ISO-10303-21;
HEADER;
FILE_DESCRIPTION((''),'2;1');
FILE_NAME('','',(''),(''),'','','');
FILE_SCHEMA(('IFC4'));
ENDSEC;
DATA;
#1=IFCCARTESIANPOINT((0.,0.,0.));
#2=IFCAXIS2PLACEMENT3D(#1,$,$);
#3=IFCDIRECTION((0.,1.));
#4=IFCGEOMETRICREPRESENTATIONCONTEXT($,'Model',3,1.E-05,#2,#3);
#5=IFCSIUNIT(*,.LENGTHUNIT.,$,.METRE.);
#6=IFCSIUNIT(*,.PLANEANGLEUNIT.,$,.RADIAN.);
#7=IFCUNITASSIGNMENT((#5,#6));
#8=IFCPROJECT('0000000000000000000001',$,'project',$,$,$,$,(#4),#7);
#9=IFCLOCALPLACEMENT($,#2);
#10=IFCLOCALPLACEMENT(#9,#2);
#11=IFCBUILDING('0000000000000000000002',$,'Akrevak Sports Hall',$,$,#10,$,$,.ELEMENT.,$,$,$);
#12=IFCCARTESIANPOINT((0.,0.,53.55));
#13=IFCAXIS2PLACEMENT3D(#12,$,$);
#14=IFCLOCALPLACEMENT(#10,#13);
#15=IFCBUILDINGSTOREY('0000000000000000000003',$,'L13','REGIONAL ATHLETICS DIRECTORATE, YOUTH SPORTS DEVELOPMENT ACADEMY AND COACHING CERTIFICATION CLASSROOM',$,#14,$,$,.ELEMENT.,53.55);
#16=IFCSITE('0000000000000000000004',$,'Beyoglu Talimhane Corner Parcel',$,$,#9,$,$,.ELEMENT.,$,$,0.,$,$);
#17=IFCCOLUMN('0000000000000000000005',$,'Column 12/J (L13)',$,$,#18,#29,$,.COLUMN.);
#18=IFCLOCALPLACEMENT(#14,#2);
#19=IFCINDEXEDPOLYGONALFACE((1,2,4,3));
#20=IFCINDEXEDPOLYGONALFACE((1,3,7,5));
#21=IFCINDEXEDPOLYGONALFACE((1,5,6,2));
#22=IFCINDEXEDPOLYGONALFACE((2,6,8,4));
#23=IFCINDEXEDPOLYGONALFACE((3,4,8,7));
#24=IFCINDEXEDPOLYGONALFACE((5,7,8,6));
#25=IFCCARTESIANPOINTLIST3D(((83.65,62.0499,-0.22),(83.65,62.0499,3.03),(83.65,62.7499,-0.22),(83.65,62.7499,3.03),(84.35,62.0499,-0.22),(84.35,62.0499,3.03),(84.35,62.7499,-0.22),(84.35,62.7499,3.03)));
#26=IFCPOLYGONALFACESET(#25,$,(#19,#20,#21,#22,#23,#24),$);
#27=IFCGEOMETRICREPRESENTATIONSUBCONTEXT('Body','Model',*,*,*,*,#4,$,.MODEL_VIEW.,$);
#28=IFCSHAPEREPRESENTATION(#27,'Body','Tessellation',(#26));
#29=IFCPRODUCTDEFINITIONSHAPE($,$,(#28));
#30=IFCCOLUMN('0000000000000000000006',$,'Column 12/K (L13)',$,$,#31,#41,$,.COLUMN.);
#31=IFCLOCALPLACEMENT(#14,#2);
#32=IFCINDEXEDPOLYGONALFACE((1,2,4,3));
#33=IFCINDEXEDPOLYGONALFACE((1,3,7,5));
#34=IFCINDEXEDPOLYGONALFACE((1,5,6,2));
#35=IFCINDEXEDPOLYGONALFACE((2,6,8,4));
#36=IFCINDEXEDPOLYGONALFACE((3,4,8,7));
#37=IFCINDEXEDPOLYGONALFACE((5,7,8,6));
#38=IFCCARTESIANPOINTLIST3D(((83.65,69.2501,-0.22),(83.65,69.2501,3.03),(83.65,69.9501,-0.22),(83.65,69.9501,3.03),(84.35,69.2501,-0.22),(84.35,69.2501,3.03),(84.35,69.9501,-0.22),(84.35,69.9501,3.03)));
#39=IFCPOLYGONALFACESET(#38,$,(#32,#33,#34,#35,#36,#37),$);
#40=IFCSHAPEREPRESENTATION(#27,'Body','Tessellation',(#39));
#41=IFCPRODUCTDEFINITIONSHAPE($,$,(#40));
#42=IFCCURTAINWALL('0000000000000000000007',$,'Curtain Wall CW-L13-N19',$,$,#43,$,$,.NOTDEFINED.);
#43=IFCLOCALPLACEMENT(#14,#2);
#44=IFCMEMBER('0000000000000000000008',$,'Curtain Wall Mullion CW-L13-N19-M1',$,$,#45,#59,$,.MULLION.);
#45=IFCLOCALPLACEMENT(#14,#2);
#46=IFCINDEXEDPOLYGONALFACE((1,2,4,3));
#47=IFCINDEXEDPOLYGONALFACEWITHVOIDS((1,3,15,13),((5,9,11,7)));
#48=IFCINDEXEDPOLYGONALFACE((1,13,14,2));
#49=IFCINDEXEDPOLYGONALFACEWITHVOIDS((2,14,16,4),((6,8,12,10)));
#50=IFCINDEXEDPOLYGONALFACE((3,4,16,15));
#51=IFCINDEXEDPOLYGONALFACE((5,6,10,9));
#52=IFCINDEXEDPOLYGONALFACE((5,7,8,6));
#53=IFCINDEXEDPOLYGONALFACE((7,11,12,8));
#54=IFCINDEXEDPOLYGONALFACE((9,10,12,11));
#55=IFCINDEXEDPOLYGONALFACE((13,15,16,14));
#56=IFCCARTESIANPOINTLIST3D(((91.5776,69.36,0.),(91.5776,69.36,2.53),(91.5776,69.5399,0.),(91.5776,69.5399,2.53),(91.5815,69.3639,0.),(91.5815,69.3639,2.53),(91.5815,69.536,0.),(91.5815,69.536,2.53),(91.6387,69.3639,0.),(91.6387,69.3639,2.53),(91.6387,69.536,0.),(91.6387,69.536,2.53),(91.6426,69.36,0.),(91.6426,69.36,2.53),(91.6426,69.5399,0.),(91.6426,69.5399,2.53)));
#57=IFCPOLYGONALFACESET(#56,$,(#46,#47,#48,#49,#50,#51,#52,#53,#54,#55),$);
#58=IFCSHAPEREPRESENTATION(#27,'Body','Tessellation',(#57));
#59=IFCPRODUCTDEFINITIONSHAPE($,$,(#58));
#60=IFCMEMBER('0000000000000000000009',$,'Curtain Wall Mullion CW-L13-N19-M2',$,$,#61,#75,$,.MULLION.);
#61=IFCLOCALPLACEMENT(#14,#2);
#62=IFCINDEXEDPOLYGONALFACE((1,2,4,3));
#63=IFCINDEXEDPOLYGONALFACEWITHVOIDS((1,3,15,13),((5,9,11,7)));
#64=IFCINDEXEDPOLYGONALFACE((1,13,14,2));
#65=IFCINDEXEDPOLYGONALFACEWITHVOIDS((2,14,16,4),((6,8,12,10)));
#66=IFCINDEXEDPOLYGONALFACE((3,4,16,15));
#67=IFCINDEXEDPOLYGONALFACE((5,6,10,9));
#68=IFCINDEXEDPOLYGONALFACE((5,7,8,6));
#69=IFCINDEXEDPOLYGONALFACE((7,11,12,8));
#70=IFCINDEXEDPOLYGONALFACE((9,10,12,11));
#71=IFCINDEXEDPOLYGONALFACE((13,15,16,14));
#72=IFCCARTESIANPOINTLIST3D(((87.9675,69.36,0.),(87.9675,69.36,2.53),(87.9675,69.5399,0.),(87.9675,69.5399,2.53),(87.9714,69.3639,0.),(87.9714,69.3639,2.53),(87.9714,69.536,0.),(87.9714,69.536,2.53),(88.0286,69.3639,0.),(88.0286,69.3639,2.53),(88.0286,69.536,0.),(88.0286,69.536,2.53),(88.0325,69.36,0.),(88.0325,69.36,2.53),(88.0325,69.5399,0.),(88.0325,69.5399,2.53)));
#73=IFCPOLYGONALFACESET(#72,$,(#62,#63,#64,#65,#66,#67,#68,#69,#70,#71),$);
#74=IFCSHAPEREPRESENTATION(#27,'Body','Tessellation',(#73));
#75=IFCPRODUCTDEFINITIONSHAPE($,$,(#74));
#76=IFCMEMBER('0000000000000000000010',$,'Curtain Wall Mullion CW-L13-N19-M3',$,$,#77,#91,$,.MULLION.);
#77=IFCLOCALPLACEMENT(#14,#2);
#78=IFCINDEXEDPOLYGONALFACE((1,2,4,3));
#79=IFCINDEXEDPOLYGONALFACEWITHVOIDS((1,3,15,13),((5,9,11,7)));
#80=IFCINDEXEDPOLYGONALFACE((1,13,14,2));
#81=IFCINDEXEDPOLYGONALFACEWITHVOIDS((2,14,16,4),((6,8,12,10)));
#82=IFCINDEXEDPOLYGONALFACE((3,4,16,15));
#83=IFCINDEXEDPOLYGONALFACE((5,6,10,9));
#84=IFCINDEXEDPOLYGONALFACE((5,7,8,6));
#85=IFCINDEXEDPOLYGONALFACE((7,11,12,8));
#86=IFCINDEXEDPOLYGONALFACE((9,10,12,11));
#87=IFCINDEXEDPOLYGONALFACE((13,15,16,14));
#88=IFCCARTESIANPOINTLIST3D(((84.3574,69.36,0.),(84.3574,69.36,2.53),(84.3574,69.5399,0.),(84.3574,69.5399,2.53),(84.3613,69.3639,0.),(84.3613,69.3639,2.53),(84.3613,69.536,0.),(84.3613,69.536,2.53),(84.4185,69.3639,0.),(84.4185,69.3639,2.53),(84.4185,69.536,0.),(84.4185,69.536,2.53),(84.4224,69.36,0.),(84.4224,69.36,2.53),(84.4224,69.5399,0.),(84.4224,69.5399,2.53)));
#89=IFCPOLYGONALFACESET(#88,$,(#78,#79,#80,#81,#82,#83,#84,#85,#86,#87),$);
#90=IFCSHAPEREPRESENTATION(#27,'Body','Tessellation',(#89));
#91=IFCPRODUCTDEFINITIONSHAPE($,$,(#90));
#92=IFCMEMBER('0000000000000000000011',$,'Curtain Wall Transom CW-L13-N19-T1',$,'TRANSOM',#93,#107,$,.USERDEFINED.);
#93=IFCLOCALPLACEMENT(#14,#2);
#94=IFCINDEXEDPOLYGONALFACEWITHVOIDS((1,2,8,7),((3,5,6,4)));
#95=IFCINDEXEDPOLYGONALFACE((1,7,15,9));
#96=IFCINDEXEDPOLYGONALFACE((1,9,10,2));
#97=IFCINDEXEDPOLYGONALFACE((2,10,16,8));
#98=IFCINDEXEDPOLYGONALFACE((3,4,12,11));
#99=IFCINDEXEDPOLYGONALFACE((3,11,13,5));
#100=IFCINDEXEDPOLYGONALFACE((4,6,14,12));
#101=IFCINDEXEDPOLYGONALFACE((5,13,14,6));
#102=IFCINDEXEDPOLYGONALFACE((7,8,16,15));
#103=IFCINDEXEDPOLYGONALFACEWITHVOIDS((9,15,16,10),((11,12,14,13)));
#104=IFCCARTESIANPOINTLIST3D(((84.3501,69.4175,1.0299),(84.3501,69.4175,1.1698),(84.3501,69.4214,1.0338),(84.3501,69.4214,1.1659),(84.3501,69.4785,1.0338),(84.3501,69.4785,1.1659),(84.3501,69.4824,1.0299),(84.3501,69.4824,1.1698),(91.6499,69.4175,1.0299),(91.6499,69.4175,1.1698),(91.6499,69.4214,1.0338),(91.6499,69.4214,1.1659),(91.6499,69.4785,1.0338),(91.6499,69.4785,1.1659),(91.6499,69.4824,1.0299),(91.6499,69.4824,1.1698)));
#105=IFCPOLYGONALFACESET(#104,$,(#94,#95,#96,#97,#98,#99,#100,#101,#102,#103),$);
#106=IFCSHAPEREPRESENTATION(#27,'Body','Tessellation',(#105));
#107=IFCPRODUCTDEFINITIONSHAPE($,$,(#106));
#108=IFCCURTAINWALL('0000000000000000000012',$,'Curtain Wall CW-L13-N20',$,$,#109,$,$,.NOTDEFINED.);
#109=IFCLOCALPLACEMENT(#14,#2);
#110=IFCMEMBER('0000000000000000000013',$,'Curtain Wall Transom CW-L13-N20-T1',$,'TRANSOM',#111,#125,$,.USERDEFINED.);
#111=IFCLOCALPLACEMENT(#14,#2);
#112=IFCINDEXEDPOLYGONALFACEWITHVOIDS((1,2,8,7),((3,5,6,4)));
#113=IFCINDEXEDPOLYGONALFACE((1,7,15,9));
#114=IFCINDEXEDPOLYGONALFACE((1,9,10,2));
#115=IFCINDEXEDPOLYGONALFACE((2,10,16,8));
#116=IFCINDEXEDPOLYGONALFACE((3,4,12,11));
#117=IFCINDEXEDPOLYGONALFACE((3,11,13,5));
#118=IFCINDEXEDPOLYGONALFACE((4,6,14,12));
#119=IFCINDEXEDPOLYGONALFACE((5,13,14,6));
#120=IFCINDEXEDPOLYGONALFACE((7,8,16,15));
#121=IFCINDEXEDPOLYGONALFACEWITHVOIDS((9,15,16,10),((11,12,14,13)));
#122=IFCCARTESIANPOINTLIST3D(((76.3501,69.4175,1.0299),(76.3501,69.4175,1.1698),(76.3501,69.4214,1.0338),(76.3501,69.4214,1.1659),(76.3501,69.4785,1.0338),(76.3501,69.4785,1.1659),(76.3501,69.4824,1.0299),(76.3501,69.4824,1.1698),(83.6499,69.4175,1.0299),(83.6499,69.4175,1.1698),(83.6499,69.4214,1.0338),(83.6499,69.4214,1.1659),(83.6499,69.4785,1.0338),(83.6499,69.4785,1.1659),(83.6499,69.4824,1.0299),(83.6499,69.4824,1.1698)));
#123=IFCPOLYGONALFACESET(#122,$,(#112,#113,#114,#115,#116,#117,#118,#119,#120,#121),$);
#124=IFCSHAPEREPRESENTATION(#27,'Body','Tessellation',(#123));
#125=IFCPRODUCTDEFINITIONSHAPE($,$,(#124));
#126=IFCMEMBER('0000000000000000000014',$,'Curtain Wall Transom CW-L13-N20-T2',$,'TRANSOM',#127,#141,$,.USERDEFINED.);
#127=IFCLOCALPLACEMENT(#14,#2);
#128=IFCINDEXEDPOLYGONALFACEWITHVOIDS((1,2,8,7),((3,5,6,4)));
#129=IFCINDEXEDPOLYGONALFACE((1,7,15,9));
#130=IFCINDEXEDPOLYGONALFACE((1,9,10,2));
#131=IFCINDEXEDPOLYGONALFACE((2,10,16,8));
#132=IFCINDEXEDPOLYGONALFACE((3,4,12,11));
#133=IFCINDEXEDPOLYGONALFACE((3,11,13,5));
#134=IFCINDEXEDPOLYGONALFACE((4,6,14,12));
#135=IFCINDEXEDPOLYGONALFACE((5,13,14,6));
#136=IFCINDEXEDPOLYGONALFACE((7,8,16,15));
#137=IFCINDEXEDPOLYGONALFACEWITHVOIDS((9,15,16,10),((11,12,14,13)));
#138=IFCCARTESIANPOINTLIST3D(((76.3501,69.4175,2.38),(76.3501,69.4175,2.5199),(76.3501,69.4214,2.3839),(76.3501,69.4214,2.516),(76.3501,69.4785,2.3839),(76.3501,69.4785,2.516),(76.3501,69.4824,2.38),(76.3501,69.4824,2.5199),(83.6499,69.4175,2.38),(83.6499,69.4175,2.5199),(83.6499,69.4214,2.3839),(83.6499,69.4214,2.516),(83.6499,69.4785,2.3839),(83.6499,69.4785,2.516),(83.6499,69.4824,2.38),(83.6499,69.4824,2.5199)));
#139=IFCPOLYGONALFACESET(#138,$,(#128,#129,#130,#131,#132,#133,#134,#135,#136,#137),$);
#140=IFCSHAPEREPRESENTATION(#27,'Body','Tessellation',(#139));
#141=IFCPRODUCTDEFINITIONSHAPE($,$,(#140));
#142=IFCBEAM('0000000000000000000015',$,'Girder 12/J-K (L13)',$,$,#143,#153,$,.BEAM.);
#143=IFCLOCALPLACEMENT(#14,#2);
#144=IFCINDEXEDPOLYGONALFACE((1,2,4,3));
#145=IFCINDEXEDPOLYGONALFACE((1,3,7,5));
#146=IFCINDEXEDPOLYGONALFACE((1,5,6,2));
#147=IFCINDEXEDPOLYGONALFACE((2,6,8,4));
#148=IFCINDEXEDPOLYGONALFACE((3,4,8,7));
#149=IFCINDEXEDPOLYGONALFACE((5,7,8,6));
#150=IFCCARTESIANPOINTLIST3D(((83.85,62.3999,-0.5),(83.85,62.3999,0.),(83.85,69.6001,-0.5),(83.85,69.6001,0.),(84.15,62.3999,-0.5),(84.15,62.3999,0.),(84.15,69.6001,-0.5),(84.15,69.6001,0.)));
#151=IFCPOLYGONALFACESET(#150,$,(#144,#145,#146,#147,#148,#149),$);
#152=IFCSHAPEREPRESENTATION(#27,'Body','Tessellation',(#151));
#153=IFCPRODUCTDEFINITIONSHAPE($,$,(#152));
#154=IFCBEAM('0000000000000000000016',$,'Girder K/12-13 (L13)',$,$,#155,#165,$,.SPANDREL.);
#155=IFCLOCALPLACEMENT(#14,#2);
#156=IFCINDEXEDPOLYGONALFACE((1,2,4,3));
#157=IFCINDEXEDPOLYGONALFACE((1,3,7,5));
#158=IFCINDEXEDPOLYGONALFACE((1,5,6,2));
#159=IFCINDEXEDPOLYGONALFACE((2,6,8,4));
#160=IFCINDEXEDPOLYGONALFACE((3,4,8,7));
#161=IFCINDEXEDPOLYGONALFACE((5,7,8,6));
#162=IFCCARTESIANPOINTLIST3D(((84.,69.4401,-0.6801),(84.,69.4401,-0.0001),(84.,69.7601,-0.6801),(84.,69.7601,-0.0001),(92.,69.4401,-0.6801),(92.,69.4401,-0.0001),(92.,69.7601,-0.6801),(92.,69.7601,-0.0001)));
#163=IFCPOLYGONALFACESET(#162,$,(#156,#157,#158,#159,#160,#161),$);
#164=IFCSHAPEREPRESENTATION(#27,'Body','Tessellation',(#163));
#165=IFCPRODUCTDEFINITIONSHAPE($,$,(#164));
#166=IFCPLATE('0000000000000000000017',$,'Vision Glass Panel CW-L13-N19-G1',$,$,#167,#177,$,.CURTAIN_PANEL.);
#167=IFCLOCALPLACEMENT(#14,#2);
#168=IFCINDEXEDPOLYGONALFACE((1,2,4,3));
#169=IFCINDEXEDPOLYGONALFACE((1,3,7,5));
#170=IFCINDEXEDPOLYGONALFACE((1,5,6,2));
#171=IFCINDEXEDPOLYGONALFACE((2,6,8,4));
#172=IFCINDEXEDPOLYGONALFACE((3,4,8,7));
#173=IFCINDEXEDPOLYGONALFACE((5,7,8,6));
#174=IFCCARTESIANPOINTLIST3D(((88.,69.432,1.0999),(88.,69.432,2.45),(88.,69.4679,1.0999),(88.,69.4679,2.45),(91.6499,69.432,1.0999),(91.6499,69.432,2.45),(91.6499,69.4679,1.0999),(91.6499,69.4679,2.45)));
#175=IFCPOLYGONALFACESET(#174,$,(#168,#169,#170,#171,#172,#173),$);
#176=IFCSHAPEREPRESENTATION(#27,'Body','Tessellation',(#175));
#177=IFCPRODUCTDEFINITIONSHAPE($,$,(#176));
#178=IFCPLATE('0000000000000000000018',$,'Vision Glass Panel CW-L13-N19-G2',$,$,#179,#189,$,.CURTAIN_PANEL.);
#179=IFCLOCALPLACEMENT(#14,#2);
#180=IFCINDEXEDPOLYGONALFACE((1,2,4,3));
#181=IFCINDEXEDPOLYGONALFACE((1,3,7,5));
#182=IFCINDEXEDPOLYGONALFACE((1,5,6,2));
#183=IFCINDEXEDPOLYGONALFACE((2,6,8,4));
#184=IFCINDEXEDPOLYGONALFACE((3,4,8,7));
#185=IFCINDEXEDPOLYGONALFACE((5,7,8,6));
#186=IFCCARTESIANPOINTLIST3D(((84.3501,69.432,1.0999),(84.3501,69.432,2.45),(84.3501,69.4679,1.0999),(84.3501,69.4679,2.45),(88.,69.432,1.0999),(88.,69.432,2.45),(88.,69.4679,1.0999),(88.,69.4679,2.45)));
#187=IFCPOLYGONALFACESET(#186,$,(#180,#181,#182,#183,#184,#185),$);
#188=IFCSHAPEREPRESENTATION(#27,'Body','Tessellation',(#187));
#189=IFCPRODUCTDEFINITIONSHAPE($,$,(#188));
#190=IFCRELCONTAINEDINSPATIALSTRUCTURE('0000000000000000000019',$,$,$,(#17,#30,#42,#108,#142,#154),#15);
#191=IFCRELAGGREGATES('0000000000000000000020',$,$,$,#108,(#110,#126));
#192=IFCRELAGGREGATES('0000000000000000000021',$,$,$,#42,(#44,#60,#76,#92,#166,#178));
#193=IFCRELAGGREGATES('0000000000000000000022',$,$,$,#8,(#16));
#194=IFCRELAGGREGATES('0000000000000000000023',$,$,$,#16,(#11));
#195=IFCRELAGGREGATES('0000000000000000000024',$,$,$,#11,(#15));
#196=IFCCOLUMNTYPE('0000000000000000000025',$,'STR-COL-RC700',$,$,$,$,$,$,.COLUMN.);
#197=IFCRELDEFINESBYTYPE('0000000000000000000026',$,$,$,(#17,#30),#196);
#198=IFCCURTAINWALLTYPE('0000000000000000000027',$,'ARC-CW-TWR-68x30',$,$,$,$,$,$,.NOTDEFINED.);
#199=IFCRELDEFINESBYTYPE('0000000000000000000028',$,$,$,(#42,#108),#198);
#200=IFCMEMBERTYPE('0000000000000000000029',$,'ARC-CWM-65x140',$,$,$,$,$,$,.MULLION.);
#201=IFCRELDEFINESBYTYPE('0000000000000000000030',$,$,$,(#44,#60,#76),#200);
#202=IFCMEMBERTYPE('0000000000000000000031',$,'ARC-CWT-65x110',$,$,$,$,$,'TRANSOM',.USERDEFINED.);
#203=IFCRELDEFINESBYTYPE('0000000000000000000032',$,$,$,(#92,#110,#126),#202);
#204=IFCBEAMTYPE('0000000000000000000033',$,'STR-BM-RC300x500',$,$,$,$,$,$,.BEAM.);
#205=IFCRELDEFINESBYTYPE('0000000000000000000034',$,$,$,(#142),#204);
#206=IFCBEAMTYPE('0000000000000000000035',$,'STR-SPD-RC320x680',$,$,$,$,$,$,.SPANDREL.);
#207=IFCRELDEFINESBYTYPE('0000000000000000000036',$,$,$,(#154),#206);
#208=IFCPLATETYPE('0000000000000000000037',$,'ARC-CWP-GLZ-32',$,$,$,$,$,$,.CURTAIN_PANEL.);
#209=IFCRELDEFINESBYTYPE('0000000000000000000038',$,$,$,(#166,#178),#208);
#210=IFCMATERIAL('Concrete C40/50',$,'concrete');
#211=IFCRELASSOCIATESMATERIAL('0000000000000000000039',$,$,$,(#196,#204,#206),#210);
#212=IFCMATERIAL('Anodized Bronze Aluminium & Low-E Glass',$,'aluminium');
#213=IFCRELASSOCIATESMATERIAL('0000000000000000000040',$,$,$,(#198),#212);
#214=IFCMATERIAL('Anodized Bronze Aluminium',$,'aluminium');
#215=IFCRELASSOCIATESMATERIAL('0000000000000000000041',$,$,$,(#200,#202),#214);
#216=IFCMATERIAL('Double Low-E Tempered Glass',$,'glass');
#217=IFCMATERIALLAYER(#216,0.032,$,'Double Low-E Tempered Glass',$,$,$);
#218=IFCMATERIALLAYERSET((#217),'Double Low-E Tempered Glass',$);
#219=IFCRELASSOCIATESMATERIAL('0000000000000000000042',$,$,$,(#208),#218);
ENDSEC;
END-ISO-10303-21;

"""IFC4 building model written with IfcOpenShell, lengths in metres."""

from ifc_helpers import new_model, si_unit, direction, frame, origin, origin_2d, place, context, subcontext, project, spatial, rectangle, hollow_rectangle, extrude, material, layer, layer_set, material_profile, profile_set, type_object, element, aggregate, save


model = new_model("IFC4")

# Units and contexts
model_context = context("Model", 3, precision=1e-05, world=origin(), true_north=direction((0.0, 1.0)))
body_context = subcontext(model_context, "Body", "Model", "MODEL_VIEW")
ifc_project = project(units=[si_unit("LENGTHUNIT", "METRE"), si_unit("PLANEANGLEUNIT", "RADIAN")], contexts=[model_context])

# Site, building, storey
site_placement = place(None, origin())
site = spatial("IfcSite", under=ifc_project, at=site_placement, Name="Beyoglu Talimhane Corner Parcel", CompositionType="ELEMENT", RefElevation=0.0)
building_placement = place(site_placement, origin())
building = spatial("IfcBuilding", under=site, at=building_placement, Name="Akrevak Sports Hall", CompositionType="ELEMENT")
storey_placement = place(building_placement, frame((0.0, 0.0, 53.55)))
storey = spatial("IfcBuildingStorey", under=building, at=storey_placement, Name="L13", Description="REGIONAL ATHLETICS DIRECTORATE, YOUTH SPORTS DEVELOPMENT ACADEMY AND COACHING CERTIFICATION CLASSROOM", CompositionType="ELEMENT", Elevation=53.55)

# Columns
ifc_material_1 = material(Name="Concrete C40/50", Category="concrete")
ifc_material_profile_1 = material_profile(ifc_material_1, rectangle(XDim=0.7, YDim=0.7, at=origin_2d()), Name="RC 700x700", Category="concrete")
ifc_profile_set_1 = profile_set([ifc_material_profile_1], Name="Concrete C40/50")
column_type = type_object("IfcColumnType", Name="STR-COL-RC700", PredefinedType="COLUMN", material=ifc_profile_set_1)
for number, where, z_axis, x_axis, name in (
    (1, (84.0, 62.3999, -0.22), (0.0, 0.0, 1.0), (1.0, 0.0, 0.0), "Column 12/J (L13)"),
    (2, (84.0, 69.6001, -0.22), (0.0, 0.0, 1.0), (1.0, 0.0, 0.0), "Column 12/K (L13)"),
):
    element("IfcColumn", number, at=place(storey_placement, frame(where, z_axis=z_axis, x_axis=x_axis)), inside=storey, type_object=column_type, Name=name, PredefinedType="COLUMN", context=body_context, shape_type="SweptSolid", body=[
        extrude(rectangle(XDim=0.7, YDim=0.7, at=origin_2d()), origin(), (0.0, 0.0, 1.0), 3.25),
    ])

# Curtain walls, members
ifc_material_2 = material(Name="Anodized Bronze Aluminium & Low-E Glass", Category="aluminium")
curtain_wall_type = type_object("IfcCurtainWallType", Name="ARC-CW-TWR-68x30", PredefinedType="NOTDEFINED", material=ifc_material_2)
curtain_wall_1_placement = place(storey_placement, origin())
curtain_wall_1 = element("IfcCurtainWall", 3, at=curtain_wall_1_placement, inside=storey, type_object=curtain_wall_type, Name="Curtain Wall CW-L13-N19", PredefinedType="NOTDEFINED")
ifc_material_3 = material(Name="Anodized Bronze Aluminium", Category="aluminium")
ifc_material_profile_2 = material_profile(ifc_material_3, hollow_rectangle(XDim=0.0649, YDim=0.1799, WallThickness=0.0039, at=origin_2d()), Name="CWM 65x180", Category="aluminium")
ifc_profile_set_2 = profile_set([ifc_material_profile_2], Name="Anodized Bronze Aluminium")
member_type_1 = type_object("IfcMemberType", Name="ARC-CWM-65x140", PredefinedType="MULLION", material=ifc_profile_set_2)
member_1_placement = place(storey_placement, frame((91.6101, 69.45, 0.0), z_axis=(0.0, 0.0, 1.0), x_axis=(-1.0, 0.0, 0.0)))
member_1 = element("IfcMember", 4, at=member_1_placement, type_object=member_type_1, Name="Curtain Wall Mullion CW-L13-N19-M1", PredefinedType="MULLION", context=body_context, shape_type="SweptSolid", body=[
    extrude(hollow_rectangle(XDim=0.0649, YDim=0.1799, WallThickness=0.0039, at=origin_2d()), origin(), (0.0, 0.0, 1.0), 2.53),
])
member_2_placement = place(storey_placement, frame((88.0, 69.45, 0.0), z_axis=(0.0, 0.0, 1.0), x_axis=(-1.0, 0.0, 0.0)))
member_2 = element("IfcMember", 5, at=member_2_placement, type_object=member_type_1, Name="Curtain Wall Mullion CW-L13-N19-M2", PredefinedType="MULLION", context=body_context, shape_type="SweptSolid", body=[
    extrude(hollow_rectangle(XDim=0.0649, YDim=0.1799, WallThickness=0.0039, at=origin_2d()), origin(), (0.0, 0.0, 1.0), 2.53),
])
member_3_placement = place(storey_placement, frame((84.3899, 69.45, 0.0), z_axis=(0.0, 0.0, 1.0), x_axis=(-1.0, 0.0, 0.0)))
member_3 = element("IfcMember", 6, at=member_3_placement, type_object=member_type_1, Name="Curtain Wall Mullion CW-L13-N19-M3", PredefinedType="MULLION", context=body_context, shape_type="SweptSolid", body=[
    extrude(hollow_rectangle(XDim=0.0649, YDim=0.1799, WallThickness=0.0039, at=origin_2d()), origin(), (0.0, 0.0, 1.0), 2.53),
])
ifc_material_profile_3 = material_profile(ifc_material_3, hollow_rectangle(XDim=0.0649, YDim=0.1399, WallThickness=0.0039, at=origin_2d()), Name="CWT 65x140", Category="aluminium")
ifc_profile_set_3 = profile_set([ifc_material_profile_3], Name="Anodized Bronze Aluminium")
member_type_2 = type_object("IfcMemberType", Name="ARC-CWT-65x110", ElementType="TRANSOM", PredefinedType="USERDEFINED", material=ifc_profile_set_3)
member_4_placement = place(storey_placement, frame((91.6499, 69.45, 1.0999), z_axis=(-1.0, 0.0, 0.0), x_axis=(0.0, -1.0, 0.0)))
member_4 = element("IfcMember", 7, at=member_4_placement, type_object=member_type_2, Name="Curtain Wall Transom CW-L13-N19-T1", ObjectType="TRANSOM", PredefinedType="USERDEFINED", context=body_context, shape_type="SweptSolid", body=[
    extrude(hollow_rectangle(XDim=0.0649, YDim=0.1399, WallThickness=0.0039, at=origin_2d()), origin(), (0.0, 0.0, 1.0), 7.2998),
])
curtain_wall_2_placement = place(storey_placement, origin())
curtain_wall_2 = element("IfcCurtainWall", 8, at=curtain_wall_2_placement, inside=storey, type_object=curtain_wall_type, Name="Curtain Wall CW-L13-N20", PredefinedType="NOTDEFINED")
member_5_placement = place(storey_placement, frame((83.6499, 69.45, 1.0999), z_axis=(-1.0, 0.0, 0.0), x_axis=(0.0, -1.0, 0.0)))
member_5 = element("IfcMember", 9, at=member_5_placement, type_object=member_type_2, Name="Curtain Wall Transom CW-L13-N20-T1", ObjectType="TRANSOM", PredefinedType="USERDEFINED", context=body_context, shape_type="SweptSolid", body=[
    extrude(hollow_rectangle(XDim=0.0649, YDim=0.1399, WallThickness=0.0039, at=origin_2d()), origin(), (0.0, 0.0, 1.0), 7.2998),
])
member_6_placement = place(storey_placement, frame((83.6499, 69.45, 2.45), z_axis=(-1.0, 0.0, 0.0), x_axis=(0.0, -1.0, 0.0)))
member_6 = element("IfcMember", 10, at=member_6_placement, type_object=member_type_2, Name="Curtain Wall Transom CW-L13-N20-T2", ObjectType="TRANSOM", PredefinedType="USERDEFINED", context=body_context, shape_type="SweptSolid", body=[
    extrude(hollow_rectangle(XDim=0.0649, YDim=0.1399, WallThickness=0.0039, at=origin_2d()), origin(), (0.0, 0.0, 1.0), 7.2998),
])
aggregate(curtain_wall_2, [member_5, member_6])

# Beams
ifc_material_profile_4 = material_profile(ifc_material_1, rectangle(XDim=0.3, YDim=0.5, at=origin_2d()), Name="BM 300x500", Category="concrete")
ifc_profile_set_4 = profile_set([ifc_material_profile_4], Name="Concrete C40/50")
beam_type_1 = type_object("IfcBeamType", Name="STR-BM-RC300x500", PredefinedType="BEAM", material=ifc_profile_set_4)
beam_1_placement = place(storey_placement, frame((84.0, 62.3999, -0.25), z_axis=(0.0, 1.0, 0.0), x_axis=(-1.0, 0.0, 0.0)))
element("IfcBeam", 11, at=beam_1_placement, inside=storey, type_object=beam_type_1, Name="Girder 12/J-K (L13)", PredefinedType="BEAM", context=body_context, shape_type="SweptSolid", body=[
    extrude(rectangle(XDim=0.3, YDim=0.5, at=origin_2d()), origin(), (0.0, 0.0, 1.0), 7.2002),
])
ifc_material_profile_5 = material_profile(ifc_material_1, rectangle(XDim=0.3201, YDim=0.6799, at=origin_2d()), Name="SPD 320x680", Category="concrete")
ifc_profile_set_5 = profile_set([ifc_material_profile_5], Name="Concrete C40/50")
beam_type_2 = type_object("IfcBeamType", Name="STR-SPD-RC320x680", PredefinedType="SPANDREL", material=ifc_profile_set_5)
beam_2_placement = place(storey_placement, frame((84.0, 69.6001, -0.3401), z_axis=(1.0, 0.0, 0.0), x_axis=(0.0, 1.0, 0.0)))
element("IfcBeam", 12, at=beam_2_placement, inside=storey, type_object=beam_type_2, Name="Girder K/12-13 (L13)", PredefinedType="SPANDREL", context=body_context, shape_type="SweptSolid", body=[
    extrude(rectangle(XDim=0.3201, YDim=0.6799, at=origin_2d()), origin(), (0.0, 0.0, 1.0), 8.0),
])

# Plates
ifc_material_4 = material(Name="Double Low-E Tempered Glass", Category="glass")
ifc_layer_1 = layer(ifc_material_4, 0.032, Name="Double Low-E Tempered Glass")
ifc_layer_set_1 = layer_set([ifc_layer_1], Name="Double Low-E Tempered Glass")
plate_type_1 = type_object("IfcPlateType", Name="ARC-CWP-GLZ-32", PredefinedType="CURTAIN_PANEL", material=ifc_layer_set_1)
plate_1_placement = place(storey_placement, frame((89.825, 69.45, 1.0999), z_axis=(0.0, 0.0, 1.0), x_axis=(-1.0, 0.0, 0.0)))
plate_1 = element("IfcPlate", 13, at=plate_1_placement, type_object=plate_type_1, Name="Vision Glass Panel CW-L13-N19-G1", PredefinedType="CURTAIN_PANEL", context=body_context, shape_type="SweptSolid", body=[
    extrude(rectangle(XDim=3.6499, YDim=0.0359, at=origin_2d()), origin(), (0.0, 0.0, 1.0), 1.3501),
])
plate_2_placement = place(storey_placement, frame((86.175, 69.45, 1.0999), z_axis=(0.0, 0.0, 1.0), x_axis=(-1.0, 0.0, 0.0)))
plate_2 = element("IfcPlate", 14, at=plate_2_placement, type_object=plate_type_1, Name="Vision Glass Panel CW-L13-N19-G2", PredefinedType="CURTAIN_PANEL", context=body_context, shape_type="SweptSolid", body=[
    extrude(rectangle(XDim=3.6499, YDim=0.0359, at=origin_2d()), origin(), (0.0, 0.0, 1.0), 1.3501),
])
aggregate(curtain_wall_1, [member_1, member_2, member_3, member_4, plate_1, plate_2])

save(model, "model.ifc")
